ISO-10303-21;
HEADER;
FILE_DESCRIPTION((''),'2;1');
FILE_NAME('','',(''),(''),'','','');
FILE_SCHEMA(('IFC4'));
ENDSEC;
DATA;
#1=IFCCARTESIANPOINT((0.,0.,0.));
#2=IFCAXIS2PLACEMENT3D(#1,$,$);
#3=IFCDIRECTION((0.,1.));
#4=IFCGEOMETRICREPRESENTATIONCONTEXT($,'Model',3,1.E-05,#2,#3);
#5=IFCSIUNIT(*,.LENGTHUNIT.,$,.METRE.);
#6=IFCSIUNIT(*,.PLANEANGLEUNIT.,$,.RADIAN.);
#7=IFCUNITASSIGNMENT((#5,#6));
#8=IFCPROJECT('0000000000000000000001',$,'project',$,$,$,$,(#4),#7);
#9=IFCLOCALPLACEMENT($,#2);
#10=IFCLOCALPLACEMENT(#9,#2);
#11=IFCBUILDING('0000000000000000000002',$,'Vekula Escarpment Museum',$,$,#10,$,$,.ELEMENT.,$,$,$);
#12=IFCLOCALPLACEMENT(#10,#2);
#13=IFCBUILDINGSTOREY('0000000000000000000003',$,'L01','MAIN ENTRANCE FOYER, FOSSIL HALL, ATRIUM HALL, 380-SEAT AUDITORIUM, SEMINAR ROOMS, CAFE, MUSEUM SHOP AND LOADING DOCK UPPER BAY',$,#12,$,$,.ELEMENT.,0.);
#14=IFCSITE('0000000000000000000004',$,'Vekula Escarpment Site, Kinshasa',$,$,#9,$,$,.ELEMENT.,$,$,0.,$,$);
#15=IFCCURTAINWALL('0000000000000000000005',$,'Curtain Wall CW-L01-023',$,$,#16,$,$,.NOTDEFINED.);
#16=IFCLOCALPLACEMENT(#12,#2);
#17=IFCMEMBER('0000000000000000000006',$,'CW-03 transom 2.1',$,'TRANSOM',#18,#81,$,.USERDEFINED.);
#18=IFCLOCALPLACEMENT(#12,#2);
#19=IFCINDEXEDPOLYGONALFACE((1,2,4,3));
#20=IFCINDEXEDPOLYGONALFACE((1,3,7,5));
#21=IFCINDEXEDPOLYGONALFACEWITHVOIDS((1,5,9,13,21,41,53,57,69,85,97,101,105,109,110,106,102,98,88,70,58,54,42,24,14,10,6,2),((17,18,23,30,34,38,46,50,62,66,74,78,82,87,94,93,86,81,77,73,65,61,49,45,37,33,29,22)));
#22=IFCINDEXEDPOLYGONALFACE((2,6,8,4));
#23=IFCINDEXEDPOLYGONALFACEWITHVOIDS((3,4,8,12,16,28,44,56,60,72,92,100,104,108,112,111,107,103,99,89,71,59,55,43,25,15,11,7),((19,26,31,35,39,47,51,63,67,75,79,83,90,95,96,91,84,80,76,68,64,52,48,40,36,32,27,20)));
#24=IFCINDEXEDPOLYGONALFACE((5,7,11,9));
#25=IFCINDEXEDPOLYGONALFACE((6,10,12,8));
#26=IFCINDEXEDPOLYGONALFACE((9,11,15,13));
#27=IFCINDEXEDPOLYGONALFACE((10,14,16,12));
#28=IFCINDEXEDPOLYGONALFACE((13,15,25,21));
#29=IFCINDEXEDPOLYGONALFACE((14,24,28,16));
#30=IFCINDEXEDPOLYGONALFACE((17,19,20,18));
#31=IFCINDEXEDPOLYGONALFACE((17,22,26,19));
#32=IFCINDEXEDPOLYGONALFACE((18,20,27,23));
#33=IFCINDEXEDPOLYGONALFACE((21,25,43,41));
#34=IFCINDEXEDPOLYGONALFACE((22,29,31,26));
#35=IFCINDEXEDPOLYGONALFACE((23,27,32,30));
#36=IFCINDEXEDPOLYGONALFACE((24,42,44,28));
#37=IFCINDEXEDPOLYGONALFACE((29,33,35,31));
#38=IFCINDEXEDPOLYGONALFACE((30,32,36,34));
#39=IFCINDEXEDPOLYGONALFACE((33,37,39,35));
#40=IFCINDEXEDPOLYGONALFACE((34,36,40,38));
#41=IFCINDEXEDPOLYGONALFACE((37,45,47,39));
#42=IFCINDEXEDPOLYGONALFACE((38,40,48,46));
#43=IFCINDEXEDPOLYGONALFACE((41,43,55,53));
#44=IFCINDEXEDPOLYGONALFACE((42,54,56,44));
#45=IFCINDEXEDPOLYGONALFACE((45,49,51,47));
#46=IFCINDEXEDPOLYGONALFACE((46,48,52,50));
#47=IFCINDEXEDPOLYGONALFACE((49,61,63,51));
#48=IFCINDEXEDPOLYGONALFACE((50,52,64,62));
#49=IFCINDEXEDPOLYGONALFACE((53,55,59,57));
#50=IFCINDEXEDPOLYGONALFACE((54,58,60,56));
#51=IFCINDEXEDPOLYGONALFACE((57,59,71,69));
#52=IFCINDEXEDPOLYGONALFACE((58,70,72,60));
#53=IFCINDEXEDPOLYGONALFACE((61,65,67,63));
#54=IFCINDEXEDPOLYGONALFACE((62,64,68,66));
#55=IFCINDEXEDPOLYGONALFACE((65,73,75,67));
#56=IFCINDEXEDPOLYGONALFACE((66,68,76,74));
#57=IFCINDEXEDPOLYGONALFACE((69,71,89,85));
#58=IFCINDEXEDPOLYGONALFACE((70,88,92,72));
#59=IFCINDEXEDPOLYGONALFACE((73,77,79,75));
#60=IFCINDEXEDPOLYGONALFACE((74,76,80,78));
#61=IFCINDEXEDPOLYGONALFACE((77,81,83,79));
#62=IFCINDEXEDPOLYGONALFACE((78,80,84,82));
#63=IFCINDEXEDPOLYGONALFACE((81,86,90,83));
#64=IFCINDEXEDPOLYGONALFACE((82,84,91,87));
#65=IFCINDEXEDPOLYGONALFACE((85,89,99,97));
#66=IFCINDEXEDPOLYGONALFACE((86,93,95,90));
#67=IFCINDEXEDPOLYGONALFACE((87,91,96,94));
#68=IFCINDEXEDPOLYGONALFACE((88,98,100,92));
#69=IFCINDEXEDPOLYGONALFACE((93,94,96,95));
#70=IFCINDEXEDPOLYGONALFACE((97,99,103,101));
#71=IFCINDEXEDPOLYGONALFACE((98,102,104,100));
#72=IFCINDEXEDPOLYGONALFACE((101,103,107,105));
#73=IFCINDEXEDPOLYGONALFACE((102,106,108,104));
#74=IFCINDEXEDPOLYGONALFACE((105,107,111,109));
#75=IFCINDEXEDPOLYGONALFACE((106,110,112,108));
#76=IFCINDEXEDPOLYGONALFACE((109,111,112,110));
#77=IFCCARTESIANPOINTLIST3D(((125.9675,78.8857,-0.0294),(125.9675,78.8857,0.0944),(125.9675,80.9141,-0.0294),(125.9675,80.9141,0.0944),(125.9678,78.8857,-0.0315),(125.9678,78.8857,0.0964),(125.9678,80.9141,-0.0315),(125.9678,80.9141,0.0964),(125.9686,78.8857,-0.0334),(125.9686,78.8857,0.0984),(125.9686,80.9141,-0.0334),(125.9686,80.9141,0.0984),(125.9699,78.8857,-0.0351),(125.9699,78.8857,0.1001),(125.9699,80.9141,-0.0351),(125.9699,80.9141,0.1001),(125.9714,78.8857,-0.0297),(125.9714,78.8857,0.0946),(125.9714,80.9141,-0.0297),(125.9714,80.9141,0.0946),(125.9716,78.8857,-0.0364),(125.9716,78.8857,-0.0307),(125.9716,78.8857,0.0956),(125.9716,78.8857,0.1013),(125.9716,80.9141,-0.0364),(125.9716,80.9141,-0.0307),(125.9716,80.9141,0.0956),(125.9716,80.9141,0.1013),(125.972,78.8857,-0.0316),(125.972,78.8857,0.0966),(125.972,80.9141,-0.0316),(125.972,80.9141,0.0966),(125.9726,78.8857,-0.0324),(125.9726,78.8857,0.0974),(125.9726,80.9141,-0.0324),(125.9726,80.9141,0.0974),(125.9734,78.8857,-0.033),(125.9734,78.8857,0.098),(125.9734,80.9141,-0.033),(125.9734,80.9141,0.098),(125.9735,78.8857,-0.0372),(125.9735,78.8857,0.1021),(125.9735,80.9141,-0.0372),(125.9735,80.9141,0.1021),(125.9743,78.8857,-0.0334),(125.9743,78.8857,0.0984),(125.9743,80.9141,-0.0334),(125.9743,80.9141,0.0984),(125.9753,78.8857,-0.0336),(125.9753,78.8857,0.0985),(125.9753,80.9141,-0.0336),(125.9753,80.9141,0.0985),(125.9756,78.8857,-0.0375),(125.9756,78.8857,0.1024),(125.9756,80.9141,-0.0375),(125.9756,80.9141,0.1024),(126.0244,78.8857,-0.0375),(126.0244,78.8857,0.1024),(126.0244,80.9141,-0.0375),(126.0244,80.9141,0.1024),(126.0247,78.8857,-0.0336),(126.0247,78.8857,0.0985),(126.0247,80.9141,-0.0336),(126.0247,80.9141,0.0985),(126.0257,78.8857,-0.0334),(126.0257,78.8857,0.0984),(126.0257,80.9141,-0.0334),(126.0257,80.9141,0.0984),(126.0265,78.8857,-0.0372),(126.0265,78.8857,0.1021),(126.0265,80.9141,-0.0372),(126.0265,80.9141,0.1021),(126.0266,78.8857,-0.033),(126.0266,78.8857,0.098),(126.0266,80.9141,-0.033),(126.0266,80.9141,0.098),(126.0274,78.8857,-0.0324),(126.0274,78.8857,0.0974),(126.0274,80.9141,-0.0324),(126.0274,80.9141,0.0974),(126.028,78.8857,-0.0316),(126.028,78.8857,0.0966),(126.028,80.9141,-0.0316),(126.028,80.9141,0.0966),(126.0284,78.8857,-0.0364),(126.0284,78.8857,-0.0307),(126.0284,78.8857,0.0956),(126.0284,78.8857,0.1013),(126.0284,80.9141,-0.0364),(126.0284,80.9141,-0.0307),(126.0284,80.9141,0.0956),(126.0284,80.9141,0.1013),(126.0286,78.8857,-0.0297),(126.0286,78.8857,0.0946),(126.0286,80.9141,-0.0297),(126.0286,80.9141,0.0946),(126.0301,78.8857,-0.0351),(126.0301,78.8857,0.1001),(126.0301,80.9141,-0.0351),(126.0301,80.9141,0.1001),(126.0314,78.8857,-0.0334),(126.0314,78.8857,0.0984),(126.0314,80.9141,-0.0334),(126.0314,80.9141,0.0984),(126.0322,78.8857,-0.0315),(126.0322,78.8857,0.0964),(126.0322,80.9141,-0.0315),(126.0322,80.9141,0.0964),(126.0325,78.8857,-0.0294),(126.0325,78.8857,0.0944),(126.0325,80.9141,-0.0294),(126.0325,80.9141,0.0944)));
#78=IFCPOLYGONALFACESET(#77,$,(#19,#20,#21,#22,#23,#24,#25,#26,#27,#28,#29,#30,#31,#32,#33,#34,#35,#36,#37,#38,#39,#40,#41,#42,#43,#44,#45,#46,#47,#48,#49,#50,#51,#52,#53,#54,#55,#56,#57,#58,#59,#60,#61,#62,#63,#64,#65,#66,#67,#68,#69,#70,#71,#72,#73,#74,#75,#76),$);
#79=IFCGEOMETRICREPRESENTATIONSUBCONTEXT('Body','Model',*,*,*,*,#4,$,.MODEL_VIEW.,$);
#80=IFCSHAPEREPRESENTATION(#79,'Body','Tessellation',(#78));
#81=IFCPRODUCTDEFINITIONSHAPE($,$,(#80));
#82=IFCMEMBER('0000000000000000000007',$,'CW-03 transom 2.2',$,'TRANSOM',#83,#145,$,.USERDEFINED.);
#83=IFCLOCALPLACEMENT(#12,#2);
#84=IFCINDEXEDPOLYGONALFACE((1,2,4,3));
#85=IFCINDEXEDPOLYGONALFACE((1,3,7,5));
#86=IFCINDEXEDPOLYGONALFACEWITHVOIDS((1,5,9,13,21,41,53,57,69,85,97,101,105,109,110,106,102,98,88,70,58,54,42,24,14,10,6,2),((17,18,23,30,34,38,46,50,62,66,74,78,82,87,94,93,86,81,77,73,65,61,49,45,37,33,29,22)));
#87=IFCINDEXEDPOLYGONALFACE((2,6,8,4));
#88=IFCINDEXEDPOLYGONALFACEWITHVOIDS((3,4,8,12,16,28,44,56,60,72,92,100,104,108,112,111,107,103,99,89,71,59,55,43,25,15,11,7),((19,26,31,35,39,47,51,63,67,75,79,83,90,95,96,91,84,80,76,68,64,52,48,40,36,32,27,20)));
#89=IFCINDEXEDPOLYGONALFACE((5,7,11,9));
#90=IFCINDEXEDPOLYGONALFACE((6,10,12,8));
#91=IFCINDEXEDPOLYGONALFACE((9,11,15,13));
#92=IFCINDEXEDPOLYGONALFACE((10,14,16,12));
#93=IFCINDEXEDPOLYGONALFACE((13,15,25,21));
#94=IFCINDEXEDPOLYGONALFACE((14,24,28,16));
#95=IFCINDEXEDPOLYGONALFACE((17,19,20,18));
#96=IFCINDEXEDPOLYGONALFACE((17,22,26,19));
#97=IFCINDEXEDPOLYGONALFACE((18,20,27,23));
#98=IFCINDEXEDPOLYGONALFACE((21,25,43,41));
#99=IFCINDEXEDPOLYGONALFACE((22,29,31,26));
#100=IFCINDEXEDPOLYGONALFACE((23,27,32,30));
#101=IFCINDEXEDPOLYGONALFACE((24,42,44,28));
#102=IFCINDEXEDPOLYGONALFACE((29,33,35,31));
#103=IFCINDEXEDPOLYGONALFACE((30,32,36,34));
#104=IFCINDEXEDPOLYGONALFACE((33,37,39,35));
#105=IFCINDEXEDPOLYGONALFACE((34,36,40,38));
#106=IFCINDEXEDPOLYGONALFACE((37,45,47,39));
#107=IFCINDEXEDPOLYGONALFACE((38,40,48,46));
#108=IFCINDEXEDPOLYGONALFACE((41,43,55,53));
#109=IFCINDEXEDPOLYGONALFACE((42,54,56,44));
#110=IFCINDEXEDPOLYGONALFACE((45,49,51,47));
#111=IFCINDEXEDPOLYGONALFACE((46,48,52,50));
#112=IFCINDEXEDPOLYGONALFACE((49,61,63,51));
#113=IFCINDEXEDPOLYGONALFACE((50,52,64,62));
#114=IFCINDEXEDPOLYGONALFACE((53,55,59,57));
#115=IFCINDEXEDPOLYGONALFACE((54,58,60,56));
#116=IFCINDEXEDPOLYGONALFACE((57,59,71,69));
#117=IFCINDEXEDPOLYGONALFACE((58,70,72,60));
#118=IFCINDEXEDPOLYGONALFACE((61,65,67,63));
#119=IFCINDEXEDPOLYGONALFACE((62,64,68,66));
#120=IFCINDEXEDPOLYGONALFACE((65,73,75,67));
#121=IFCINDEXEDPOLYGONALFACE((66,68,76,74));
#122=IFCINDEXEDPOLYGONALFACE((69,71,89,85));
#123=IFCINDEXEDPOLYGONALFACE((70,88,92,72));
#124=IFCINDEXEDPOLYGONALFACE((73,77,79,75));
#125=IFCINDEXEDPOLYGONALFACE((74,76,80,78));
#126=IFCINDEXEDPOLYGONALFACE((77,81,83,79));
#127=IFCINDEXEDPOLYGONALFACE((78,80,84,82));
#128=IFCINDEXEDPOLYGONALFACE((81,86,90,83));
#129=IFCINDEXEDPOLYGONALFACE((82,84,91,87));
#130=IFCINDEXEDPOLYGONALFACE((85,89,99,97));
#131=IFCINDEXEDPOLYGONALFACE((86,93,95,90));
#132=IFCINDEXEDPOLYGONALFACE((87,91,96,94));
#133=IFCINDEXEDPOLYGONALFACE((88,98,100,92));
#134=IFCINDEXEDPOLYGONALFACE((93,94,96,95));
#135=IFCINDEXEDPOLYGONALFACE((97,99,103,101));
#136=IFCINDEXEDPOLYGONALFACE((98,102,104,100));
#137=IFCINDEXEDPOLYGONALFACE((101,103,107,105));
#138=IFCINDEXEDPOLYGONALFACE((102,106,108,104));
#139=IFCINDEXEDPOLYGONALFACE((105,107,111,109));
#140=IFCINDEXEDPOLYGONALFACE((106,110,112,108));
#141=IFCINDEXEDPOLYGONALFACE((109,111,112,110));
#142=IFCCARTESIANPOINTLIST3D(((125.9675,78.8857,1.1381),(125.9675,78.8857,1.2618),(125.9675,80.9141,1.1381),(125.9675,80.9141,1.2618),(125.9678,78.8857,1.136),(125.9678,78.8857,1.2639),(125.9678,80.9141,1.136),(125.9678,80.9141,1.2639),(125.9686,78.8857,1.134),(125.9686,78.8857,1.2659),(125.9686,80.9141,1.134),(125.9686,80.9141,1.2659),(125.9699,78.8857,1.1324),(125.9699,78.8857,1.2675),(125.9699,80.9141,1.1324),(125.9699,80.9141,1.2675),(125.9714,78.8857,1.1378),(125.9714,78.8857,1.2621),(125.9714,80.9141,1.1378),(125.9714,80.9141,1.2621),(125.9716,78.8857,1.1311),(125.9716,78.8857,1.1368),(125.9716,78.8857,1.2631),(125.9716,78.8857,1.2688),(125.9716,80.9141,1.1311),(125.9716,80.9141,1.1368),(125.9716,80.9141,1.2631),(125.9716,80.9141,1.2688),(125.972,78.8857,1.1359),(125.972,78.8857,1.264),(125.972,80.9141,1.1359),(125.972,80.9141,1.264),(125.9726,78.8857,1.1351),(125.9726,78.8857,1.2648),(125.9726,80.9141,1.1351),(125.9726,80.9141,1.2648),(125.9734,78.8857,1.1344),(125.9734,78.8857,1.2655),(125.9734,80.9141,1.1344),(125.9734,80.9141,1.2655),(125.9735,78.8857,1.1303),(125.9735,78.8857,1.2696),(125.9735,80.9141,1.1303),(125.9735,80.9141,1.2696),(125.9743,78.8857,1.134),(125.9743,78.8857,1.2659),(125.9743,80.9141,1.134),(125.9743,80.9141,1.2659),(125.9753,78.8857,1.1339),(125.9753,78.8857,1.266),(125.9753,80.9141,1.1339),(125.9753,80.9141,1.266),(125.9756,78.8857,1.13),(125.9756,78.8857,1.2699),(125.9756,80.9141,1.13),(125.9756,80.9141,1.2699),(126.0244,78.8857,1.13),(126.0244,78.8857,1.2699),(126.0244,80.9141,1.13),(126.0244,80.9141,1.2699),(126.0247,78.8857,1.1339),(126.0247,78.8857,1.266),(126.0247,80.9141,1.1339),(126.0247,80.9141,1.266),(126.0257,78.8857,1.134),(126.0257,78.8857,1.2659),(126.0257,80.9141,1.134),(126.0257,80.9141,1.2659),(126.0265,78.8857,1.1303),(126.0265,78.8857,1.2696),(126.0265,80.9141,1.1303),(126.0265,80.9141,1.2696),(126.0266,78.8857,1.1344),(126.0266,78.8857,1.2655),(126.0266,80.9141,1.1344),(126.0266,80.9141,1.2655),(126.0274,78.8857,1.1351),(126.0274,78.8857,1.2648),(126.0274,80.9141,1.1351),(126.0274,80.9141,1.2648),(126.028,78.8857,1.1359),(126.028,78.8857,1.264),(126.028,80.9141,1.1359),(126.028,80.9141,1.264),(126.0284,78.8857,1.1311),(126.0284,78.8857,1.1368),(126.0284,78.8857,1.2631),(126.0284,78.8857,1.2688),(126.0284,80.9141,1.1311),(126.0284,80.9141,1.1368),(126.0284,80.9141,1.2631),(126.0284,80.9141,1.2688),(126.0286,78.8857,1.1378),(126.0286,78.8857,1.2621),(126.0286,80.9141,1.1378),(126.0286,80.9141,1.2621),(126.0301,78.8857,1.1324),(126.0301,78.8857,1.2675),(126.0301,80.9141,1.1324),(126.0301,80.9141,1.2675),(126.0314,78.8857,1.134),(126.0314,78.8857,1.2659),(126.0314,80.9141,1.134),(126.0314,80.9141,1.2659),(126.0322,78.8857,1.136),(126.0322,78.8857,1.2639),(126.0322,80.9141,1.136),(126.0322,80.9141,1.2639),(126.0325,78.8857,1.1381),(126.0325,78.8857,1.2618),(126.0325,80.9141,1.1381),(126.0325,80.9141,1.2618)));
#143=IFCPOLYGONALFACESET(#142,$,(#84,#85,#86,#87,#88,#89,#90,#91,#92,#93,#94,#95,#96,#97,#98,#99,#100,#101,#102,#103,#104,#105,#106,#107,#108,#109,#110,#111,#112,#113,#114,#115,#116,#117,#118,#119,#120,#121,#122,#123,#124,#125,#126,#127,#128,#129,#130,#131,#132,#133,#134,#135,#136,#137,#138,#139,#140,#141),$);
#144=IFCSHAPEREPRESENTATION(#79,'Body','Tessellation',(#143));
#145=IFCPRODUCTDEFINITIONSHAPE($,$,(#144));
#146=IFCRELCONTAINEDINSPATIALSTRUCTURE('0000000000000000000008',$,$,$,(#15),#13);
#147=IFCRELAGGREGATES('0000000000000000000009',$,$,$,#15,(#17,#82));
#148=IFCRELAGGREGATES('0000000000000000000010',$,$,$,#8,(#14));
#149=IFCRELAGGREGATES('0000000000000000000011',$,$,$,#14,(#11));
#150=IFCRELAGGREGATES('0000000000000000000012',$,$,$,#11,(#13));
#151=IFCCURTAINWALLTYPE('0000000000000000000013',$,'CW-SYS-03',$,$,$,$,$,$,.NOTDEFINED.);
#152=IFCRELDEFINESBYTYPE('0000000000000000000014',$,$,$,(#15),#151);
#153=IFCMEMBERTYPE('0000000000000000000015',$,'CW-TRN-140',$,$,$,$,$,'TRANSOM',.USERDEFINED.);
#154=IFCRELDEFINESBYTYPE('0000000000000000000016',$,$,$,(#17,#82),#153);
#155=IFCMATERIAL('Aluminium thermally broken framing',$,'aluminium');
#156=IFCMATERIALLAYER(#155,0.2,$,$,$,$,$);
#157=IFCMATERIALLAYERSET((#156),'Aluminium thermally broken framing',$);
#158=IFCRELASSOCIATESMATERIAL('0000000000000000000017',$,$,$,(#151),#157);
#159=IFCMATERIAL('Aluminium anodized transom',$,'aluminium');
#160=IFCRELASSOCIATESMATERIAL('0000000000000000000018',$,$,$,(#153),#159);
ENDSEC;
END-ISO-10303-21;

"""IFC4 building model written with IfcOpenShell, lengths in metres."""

from ifc_helpers import new_model, si_unit, direction, frame, origin, origin_2d, place, context, subcontext, project, spatial, hollow_rectangle, extrude, material, layer, layer_set, material_profile, profile_set, type_object, element, aggregate, save


model = new_model("IFC4")

# Units and contexts
model_context = context("Model", 3, precision=1e-05, world=origin(), true_north=direction((0.0, 1.0)))
body_context = subcontext(model_context, "Body", "Model", "MODEL_VIEW")
ifc_project = project(units=[si_unit("LENGTHUNIT", "METRE"), si_unit("PLANEANGLEUNIT", "RADIAN")], contexts=[model_context])

# Site, building, storey
site_placement = place(None, origin())
site = spatial("IfcSite", under=ifc_project, at=site_placement, Name="Vekula Escarpment Site, Kinshasa", CompositionType="ELEMENT", RefElevation=0.0)
building_placement = place(site_placement, origin())
building = spatial("IfcBuilding", under=site, at=building_placement, Name="Vekula Escarpment Museum", CompositionType="ELEMENT")
storey_placement = place(building_placement, origin())
storey = spatial("IfcBuildingStorey", under=building, at=storey_placement, Name="L01", Description="MAIN ENTRANCE FOYER, FOSSIL HALL, ATRIUM HALL, 380-SEAT AUDITORIUM, SEMINAR ROOMS, CAFE, MUSEUM SHOP AND LOADING DOCK UPPER BAY", CompositionType="ELEMENT", Elevation=0.0)

# Curtain wall
ifc_material_1 = material(Name="Aluminium thermally broken framing", Category="aluminium")
ifc_layer_1 = layer(ifc_material_1, 0.2)
ifc_layer_set_1 = layer_set([ifc_layer_1], Name="Aluminium thermally broken framing")
curtain_wall_type_1 = type_object("IfcCurtainWallType", Name="CW-SYS-03", PredefinedType="NOTDEFINED", material=ifc_layer_set_1)
curtain_wall_1_placement = place(storey_placement, origin())
curtain_wall_1 = element("IfcCurtainWall", 1, at=curtain_wall_1_placement, inside=storey, type_object=curtain_wall_type_1, Name="Curtain Wall CW-L01-023", PredefinedType="NOTDEFINED")

# Members
ifc_material_2 = material(Name="Aluminium anodized transom", Category="aluminium")
ifc_material_profile_1 = material_profile(ifc_material_2, hollow_rectangle(XDim=0.0649, YDim=0.1399, WallThickness=0.0039, InnerFilletRadius=0.0039, OuterFilletRadius=0.0081, at=origin_2d()), Name="ALU 140x65x4")
ifc_profile_set_1 = profile_set([ifc_material_profile_1], Name="Aluminium anodized transom")
member_type_1 = type_object("IfcMemberType", Name="CW-TRN-140", ElementType="TRANSOM", PredefinedType="USERDEFINED", material=ifc_profile_set_1)
member_1_placement = place(storey_placement, frame((126.0, 78.8857, 0.0325), z_axis=(0.0, 1.0, 0.0), x_axis=(-1.0, 0.0, 0.0)))
member_1 = element("IfcMember", 2, at=member_1_placement, type_object=member_type_1, Name="CW-03 transom 2.1", ObjectType="TRANSOM", PredefinedType="USERDEFINED", context=body_context, shape_type="SweptSolid", body=[
    extrude(hollow_rectangle(XDim=0.0649, YDim=0.1399, WallThickness=0.0039, InnerFilletRadius=0.0039, OuterFilletRadius=0.0081, at=origin_2d()), origin(), (0.0, 0.0, 1.0), 2.0283),
])
member_2_placement = place(storey_placement, frame((126.0, 78.8857, 1.2), z_axis=(0.0, 1.0, 0.0), x_axis=(-1.0, 0.0, 0.0)))
member_2 = element("IfcMember", 3, at=member_2_placement, type_object=member_type_1, Name="CW-03 transom 2.2", ObjectType="TRANSOM", PredefinedType="USERDEFINED", context=body_context, shape_type="SweptSolid", body=[
    extrude(hollow_rectangle(XDim=0.0649, YDim=0.1399, WallThickness=0.0039, InnerFilletRadius=0.0039, OuterFilletRadius=0.0081, at=origin_2d()), origin(), (0.0, 0.0, 1.0), 2.0283),
])

aggregate(curtain_wall_1, [member_1, member_2])

save(model, "model.ifc")
